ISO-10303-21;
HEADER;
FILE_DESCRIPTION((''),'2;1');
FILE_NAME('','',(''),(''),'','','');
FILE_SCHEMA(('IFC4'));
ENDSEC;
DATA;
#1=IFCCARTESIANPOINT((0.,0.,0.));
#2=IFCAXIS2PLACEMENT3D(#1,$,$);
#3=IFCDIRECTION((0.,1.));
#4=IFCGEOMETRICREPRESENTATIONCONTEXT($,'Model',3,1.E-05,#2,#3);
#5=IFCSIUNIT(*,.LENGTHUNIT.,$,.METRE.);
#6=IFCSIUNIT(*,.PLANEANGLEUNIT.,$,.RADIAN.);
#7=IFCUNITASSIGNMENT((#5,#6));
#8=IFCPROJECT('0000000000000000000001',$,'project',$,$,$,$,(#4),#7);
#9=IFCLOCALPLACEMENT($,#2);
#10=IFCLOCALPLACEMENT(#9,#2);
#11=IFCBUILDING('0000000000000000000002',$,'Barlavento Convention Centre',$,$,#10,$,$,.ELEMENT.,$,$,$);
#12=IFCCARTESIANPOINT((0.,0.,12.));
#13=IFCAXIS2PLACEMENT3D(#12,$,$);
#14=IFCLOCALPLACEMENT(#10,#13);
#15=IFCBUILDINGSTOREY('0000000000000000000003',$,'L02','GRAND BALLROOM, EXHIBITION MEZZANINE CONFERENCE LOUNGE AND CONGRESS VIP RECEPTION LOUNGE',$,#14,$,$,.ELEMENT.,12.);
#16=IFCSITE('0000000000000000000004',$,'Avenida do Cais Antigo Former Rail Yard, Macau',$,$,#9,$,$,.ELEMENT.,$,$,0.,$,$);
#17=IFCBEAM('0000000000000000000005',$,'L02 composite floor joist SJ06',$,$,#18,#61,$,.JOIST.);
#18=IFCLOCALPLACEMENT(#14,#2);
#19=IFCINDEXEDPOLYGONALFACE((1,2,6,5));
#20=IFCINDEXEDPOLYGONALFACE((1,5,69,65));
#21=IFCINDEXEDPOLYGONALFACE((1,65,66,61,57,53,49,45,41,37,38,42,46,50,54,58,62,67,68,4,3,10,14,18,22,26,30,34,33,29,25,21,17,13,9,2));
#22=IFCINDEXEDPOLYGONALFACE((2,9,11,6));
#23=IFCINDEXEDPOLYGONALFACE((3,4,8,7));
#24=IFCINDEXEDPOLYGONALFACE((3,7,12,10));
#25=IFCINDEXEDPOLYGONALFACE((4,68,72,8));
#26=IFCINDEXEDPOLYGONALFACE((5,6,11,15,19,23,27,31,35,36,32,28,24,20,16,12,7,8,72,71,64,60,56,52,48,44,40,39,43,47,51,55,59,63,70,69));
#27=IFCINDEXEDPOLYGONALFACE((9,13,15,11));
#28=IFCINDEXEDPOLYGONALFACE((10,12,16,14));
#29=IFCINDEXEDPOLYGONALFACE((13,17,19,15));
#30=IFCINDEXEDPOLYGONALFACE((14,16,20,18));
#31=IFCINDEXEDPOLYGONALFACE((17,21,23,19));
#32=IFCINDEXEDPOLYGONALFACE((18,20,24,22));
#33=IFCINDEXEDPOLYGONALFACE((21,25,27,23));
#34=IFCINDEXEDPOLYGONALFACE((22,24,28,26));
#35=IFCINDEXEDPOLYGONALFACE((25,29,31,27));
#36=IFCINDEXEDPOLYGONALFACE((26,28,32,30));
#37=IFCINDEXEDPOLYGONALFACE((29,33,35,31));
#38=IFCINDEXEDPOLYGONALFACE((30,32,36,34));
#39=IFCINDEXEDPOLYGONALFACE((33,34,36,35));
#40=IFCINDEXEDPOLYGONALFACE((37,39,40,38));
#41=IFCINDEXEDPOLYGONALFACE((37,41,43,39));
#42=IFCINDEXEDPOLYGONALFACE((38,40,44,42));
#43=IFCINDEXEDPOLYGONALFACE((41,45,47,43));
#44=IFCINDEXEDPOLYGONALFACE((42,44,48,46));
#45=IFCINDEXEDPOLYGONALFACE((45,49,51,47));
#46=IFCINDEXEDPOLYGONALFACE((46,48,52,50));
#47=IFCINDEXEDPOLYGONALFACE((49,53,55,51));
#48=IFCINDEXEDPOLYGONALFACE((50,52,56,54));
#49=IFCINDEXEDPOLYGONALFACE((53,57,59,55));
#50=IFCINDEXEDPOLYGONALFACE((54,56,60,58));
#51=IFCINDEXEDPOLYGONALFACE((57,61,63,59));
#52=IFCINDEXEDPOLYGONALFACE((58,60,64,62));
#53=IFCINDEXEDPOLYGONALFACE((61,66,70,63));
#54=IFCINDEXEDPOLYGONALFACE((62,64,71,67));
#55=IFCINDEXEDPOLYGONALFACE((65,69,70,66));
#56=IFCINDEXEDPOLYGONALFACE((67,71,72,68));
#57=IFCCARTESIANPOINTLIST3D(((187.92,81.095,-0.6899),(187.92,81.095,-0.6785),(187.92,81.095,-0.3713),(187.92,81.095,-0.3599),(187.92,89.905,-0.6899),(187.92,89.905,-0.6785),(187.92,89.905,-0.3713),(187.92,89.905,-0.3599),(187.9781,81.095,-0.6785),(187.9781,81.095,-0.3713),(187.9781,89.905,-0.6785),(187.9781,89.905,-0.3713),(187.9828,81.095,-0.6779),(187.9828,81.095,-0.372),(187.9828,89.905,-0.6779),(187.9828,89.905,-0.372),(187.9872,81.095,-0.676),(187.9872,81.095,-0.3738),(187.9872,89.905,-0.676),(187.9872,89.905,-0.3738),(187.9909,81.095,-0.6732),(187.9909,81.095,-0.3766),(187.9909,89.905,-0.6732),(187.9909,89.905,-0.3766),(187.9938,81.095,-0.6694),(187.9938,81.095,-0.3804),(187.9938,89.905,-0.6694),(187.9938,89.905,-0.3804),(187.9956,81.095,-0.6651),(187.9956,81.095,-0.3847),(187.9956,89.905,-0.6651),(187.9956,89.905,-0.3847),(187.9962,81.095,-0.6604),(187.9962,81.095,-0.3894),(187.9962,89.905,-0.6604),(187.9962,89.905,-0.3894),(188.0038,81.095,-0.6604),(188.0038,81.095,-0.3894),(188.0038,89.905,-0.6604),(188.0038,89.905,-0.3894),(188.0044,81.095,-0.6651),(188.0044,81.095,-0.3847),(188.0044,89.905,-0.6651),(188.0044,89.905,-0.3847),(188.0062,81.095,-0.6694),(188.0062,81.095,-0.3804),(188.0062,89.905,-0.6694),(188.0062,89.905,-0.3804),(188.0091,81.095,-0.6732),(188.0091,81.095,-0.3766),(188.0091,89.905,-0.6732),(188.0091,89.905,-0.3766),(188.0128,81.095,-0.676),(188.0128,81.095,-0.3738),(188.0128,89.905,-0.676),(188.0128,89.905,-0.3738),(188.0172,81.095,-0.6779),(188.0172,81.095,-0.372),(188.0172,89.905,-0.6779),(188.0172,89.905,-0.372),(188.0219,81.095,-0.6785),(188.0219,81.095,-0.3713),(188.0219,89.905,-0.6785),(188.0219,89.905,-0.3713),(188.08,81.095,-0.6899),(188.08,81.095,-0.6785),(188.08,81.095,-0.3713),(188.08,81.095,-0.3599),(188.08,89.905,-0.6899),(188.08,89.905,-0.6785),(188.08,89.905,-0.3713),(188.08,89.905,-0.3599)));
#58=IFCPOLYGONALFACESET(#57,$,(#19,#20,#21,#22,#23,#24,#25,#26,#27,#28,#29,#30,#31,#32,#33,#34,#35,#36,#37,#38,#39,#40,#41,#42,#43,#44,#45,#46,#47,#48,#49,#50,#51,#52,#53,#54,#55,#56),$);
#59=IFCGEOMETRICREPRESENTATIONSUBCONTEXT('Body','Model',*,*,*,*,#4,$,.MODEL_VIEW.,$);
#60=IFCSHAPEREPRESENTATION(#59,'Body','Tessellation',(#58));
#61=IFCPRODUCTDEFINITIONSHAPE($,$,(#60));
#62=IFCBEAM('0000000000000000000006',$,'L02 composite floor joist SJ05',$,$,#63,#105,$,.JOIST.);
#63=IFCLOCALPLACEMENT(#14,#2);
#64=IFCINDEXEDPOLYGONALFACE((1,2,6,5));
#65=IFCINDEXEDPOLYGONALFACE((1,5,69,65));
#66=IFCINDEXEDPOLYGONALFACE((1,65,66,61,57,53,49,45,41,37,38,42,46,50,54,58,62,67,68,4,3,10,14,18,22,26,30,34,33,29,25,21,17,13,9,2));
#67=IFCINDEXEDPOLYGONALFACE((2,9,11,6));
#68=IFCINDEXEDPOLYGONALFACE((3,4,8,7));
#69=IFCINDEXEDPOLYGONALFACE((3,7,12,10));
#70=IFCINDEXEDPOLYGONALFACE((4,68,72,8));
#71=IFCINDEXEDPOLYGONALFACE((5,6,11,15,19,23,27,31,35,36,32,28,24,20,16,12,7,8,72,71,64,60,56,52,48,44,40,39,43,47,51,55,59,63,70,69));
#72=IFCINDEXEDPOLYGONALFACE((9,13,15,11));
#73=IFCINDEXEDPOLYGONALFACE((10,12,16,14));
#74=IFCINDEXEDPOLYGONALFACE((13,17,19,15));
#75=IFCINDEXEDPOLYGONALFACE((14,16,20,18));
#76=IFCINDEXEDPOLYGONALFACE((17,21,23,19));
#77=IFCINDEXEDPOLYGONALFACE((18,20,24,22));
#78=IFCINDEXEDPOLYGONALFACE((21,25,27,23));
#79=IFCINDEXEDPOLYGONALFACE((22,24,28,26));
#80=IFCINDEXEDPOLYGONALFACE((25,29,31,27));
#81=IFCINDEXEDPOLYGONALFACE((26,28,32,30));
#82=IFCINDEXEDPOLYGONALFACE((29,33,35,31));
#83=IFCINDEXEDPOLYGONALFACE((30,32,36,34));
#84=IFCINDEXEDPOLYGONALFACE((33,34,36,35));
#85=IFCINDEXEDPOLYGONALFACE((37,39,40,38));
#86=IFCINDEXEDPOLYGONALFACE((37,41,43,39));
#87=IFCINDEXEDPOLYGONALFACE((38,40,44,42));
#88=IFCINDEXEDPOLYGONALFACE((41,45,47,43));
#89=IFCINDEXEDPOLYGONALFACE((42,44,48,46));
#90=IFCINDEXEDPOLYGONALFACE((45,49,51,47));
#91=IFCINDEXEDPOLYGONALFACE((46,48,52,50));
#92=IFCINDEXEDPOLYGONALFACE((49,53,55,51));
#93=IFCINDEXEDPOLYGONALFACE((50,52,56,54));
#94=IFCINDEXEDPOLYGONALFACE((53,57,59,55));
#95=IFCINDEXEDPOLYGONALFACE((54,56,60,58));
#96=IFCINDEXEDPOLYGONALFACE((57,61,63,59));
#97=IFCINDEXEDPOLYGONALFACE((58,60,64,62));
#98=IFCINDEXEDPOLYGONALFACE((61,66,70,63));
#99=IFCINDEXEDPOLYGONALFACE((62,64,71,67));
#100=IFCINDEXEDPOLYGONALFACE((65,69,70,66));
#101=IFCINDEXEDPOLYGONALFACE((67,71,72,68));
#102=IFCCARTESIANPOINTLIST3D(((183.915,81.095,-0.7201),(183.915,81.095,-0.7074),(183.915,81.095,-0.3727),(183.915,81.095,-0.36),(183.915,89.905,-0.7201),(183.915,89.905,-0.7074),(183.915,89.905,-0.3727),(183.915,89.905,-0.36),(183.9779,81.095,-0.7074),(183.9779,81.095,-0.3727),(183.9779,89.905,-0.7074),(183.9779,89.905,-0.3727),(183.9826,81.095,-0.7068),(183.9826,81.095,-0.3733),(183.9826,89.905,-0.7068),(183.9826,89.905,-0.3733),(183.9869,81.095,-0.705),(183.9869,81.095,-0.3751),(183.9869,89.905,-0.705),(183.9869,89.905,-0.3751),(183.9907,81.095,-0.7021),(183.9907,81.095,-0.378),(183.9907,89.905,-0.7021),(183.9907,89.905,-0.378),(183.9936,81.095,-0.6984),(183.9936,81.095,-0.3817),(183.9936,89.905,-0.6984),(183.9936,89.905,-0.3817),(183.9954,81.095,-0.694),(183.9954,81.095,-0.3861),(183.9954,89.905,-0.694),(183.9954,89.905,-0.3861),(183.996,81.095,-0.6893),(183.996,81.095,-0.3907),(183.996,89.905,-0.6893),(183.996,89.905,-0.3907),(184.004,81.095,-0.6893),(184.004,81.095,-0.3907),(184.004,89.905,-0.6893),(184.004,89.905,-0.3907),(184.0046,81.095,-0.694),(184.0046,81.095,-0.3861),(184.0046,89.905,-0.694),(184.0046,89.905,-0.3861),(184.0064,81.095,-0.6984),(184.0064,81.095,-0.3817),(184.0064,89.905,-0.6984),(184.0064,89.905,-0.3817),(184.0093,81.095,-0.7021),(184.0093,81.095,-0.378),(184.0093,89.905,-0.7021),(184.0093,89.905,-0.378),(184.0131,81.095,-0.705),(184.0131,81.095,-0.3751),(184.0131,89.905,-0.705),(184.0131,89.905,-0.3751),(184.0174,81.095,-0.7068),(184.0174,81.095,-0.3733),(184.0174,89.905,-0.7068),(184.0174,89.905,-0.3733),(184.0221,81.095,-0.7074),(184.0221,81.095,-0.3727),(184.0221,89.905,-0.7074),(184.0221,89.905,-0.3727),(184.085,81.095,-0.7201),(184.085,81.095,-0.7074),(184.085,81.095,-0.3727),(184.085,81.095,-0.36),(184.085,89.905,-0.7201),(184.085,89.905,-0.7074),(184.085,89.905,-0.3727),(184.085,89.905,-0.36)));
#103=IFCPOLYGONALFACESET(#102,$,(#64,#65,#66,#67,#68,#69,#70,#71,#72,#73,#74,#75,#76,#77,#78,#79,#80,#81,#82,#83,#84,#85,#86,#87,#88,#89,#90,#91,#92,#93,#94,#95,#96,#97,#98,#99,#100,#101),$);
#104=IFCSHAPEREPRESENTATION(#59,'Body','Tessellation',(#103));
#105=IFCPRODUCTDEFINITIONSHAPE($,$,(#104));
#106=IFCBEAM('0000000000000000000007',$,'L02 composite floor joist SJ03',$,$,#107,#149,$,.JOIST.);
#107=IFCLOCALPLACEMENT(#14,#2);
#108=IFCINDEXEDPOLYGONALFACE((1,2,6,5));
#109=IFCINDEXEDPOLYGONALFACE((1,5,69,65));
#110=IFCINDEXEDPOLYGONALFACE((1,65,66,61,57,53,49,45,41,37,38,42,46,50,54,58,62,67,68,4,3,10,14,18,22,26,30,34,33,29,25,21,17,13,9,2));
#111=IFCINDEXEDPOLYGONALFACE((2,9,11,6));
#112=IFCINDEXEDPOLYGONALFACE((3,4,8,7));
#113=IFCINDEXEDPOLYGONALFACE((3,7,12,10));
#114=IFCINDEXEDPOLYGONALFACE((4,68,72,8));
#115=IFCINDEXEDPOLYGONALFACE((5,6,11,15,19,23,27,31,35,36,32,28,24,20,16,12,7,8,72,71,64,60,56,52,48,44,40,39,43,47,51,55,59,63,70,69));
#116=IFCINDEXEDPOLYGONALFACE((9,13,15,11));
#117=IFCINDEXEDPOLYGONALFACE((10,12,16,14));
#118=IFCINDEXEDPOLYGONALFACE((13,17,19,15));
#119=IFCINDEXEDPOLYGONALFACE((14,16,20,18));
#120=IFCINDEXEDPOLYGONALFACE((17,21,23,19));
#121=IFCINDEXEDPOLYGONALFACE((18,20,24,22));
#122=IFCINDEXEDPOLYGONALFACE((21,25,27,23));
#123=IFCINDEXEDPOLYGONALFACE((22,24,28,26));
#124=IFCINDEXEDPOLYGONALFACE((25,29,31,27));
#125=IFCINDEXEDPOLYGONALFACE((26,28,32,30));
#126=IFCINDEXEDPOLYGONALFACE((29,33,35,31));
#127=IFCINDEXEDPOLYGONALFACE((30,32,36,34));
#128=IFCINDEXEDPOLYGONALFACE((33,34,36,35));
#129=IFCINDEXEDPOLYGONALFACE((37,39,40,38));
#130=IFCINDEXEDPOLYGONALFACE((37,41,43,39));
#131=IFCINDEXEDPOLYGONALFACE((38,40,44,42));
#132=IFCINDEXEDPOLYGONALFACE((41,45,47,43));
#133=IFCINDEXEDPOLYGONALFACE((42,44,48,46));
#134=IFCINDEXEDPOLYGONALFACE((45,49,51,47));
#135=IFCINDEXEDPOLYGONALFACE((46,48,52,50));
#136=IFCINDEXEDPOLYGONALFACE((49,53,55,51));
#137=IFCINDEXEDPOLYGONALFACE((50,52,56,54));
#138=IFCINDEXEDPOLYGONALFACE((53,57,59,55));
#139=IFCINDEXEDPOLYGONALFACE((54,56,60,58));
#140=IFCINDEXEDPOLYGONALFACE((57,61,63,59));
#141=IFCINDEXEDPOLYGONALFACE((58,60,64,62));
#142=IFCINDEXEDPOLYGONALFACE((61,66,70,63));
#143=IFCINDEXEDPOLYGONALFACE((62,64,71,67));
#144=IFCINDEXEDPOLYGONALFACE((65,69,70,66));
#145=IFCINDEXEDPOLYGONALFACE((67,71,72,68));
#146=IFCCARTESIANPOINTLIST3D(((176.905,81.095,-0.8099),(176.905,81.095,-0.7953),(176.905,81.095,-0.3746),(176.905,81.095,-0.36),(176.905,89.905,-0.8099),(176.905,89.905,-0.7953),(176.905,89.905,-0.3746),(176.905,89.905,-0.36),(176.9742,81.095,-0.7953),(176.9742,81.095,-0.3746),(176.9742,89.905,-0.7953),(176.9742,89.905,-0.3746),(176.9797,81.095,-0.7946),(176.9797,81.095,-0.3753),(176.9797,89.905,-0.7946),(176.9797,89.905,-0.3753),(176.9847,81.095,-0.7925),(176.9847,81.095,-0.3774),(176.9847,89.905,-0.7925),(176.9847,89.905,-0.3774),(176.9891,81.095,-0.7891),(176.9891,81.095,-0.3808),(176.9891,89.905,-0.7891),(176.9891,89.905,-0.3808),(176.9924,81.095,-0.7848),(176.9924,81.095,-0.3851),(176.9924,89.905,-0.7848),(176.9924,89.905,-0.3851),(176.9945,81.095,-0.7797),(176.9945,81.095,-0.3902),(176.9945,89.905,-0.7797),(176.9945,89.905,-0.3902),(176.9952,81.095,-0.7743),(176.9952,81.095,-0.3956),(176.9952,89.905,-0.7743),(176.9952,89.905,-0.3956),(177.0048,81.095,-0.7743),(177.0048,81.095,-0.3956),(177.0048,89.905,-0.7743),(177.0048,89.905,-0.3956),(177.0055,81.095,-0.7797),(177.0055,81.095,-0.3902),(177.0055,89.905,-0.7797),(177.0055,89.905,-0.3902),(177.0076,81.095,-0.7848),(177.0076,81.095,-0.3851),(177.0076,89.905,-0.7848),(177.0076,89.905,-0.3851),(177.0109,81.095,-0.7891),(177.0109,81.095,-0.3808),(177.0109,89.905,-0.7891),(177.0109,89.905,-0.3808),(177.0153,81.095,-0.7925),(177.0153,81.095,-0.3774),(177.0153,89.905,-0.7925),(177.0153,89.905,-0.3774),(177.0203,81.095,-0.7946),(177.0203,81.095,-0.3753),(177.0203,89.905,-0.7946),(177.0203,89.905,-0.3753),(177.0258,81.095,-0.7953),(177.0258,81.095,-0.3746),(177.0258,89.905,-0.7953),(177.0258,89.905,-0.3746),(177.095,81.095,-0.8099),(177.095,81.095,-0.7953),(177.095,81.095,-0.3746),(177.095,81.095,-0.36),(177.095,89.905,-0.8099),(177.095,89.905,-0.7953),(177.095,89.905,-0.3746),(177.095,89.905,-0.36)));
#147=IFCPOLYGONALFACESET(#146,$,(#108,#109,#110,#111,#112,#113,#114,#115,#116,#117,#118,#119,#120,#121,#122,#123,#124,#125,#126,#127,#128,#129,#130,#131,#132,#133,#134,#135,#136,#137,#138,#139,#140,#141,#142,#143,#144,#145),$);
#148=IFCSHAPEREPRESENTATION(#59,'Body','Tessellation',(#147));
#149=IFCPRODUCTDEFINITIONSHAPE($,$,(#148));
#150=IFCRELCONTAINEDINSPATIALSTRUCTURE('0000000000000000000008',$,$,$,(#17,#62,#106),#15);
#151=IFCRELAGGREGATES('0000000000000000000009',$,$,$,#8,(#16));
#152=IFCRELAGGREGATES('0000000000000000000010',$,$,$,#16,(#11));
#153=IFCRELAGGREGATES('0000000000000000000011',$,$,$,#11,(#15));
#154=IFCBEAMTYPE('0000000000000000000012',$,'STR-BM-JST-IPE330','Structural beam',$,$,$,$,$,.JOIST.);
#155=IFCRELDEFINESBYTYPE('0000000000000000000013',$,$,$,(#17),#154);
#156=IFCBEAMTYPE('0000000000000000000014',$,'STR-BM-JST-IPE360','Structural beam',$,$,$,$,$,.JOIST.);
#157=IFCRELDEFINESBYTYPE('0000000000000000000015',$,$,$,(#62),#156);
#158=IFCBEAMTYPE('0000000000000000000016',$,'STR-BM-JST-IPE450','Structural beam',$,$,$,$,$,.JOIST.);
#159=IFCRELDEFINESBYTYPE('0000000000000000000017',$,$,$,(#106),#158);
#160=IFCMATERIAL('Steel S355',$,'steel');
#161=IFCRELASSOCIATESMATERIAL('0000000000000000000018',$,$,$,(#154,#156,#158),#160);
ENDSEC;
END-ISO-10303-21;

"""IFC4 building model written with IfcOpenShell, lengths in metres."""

from ifc_helpers import new_model, si_unit, direction, frame, origin, origin_2d, place, context, subcontext, project, spatial, i_section, extrude, material, material_profile, profile_set, type_object, element, save


model = new_model("IFC4")

# Units and contexts
model_context = context("Model", 3, precision=1e-05, world=origin(), true_north=direction((0.0, 1.0)))
body_context = subcontext(model_context, "Body", "Model", "MODEL_VIEW")
ifc_project = project(units=[si_unit("LENGTHUNIT", "METRE"), si_unit("PLANEANGLEUNIT", "RADIAN")], contexts=[model_context])

# Site, building, storey
site_placement = place(None, origin())
site = spatial("IfcSite", under=ifc_project, at=site_placement, Name="Avenida do Cais Antigo Former Rail Yard, Macau", CompositionType="ELEMENT", RefElevation=0.0)
building_placement = place(site_placement, origin())
building = spatial("IfcBuilding", under=site, at=building_placement, Name="Barlavento Convention Centre", CompositionType="ELEMENT")
storey_placement = place(building_placement, frame((0.0, 0.0, 12.0)))
storey = spatial("IfcBuildingStorey", under=building, at=storey_placement, Name="L02", Description="GRAND BALLROOM, EXHIBITION MEZZANINE CONFERENCE LOUNGE AND CONGRESS VIP RECEPTION LOUNGE", CompositionType="ELEMENT", Elevation=12.0)

# Shared definitions
ifc_material_1 = material(Name="Steel S355", Category="steel")

# Beams
ifc_material_profile_1 = material_profile(ifc_material_1, i_section(OverallWidth=0.1599, OverallDepth=0.3301, WebThickness=0.0076, FlangeThickness=0.0115, FilletRadius=0.0181, at=origin_2d()), Name="IPE 330")
ifc_profile_set_1 = profile_set([ifc_material_profile_1], Name="Steel S355")
beam_type_1 = type_object("IfcBeamType", Name="STR-BM-JST-IPE330", Description="Structural beam", PredefinedType="JOIST", material=ifc_profile_set_1)
beam_1_placement = place(storey_placement, frame((188.0, 81.095, -0.5249), z_axis=(0.0, 1.0, 0.0), x_axis=(-1.0, 0.0, 0.0)))
element("IfcBeam", 1, at=beam_1_placement, inside=storey, type_object=beam_type_1, Name="L02 composite floor joist SJ06", PredefinedType="JOIST", context=body_context, shape_type="SweptSolid", body=[
    extrude(i_section(OverallWidth=0.1599, OverallDepth=0.3301, WebThickness=0.0076, FlangeThickness=0.0115, FilletRadius=0.0181, at=origin_2d()), origin(), (0.0, 0.0, 1.0), 8.8101),
])
ifc_material_profile_2 = material_profile(ifc_material_1, i_section(OverallWidth=0.1699, OverallDepth=0.3601, WebThickness=0.0081, FlangeThickness=0.0127, FilletRadius=0.0181, at=origin_2d()), Name="IPE 360")
ifc_profile_set_2 = profile_set([ifc_material_profile_2], Name="Steel S355")
beam_type_2 = type_object("IfcBeamType", Name="STR-BM-JST-IPE360", Description="Structural beam", PredefinedType="JOIST", material=ifc_profile_set_2)
beam_2_placement = place(storey_placement, frame((184.0, 81.095, -0.54), z_axis=(0.0, 1.0, 0.0), x_axis=(-1.0, 0.0, 0.0)))
element("IfcBeam", 2, at=beam_2_placement, inside=storey, type_object=beam_type_2, Name="L02 composite floor joist SJ05", PredefinedType="JOIST", context=body_context, shape_type="SweptSolid", body=[
    extrude(i_section(OverallWidth=0.1699, OverallDepth=0.3601, WebThickness=0.0081, FlangeThickness=0.0127, FilletRadius=0.0181, at=origin_2d()), origin(), (0.0, 0.0, 1.0), 8.8101),
])
ifc_material_profile_3 = material_profile(ifc_material_1, i_section(OverallWidth=0.1899, OverallDepth=0.45, WebThickness=0.0095, FlangeThickness=0.0146, FilletRadius=0.021, at=origin_2d()), Name="IPE 450")
ifc_profile_set_3 = profile_set([ifc_material_profile_3], Name="Steel S355")
beam_type_3 = type_object("IfcBeamType", Name="STR-BM-JST-IPE450", Description="Structural beam", PredefinedType="JOIST", material=ifc_profile_set_3)
beam_3_placement = place(storey_placement, frame((177.0, 81.095, -0.585), z_axis=(0.0, 1.0, 0.0), x_axis=(-1.0, 0.0, 0.0)))
element("IfcBeam", 3, at=beam_3_placement, inside=storey, type_object=beam_type_3, Name="L02 composite floor joist SJ03", PredefinedType="JOIST", context=body_context, shape_type="SweptSolid", body=[
    extrude(i_section(OverallWidth=0.1899, OverallDepth=0.45, WebThickness=0.0095, FlangeThickness=0.0146, FilletRadius=0.021, at=origin_2d()), origin(), (0.0, 0.0, 1.0), 8.8101),
])

save(model, "model.ifc")
